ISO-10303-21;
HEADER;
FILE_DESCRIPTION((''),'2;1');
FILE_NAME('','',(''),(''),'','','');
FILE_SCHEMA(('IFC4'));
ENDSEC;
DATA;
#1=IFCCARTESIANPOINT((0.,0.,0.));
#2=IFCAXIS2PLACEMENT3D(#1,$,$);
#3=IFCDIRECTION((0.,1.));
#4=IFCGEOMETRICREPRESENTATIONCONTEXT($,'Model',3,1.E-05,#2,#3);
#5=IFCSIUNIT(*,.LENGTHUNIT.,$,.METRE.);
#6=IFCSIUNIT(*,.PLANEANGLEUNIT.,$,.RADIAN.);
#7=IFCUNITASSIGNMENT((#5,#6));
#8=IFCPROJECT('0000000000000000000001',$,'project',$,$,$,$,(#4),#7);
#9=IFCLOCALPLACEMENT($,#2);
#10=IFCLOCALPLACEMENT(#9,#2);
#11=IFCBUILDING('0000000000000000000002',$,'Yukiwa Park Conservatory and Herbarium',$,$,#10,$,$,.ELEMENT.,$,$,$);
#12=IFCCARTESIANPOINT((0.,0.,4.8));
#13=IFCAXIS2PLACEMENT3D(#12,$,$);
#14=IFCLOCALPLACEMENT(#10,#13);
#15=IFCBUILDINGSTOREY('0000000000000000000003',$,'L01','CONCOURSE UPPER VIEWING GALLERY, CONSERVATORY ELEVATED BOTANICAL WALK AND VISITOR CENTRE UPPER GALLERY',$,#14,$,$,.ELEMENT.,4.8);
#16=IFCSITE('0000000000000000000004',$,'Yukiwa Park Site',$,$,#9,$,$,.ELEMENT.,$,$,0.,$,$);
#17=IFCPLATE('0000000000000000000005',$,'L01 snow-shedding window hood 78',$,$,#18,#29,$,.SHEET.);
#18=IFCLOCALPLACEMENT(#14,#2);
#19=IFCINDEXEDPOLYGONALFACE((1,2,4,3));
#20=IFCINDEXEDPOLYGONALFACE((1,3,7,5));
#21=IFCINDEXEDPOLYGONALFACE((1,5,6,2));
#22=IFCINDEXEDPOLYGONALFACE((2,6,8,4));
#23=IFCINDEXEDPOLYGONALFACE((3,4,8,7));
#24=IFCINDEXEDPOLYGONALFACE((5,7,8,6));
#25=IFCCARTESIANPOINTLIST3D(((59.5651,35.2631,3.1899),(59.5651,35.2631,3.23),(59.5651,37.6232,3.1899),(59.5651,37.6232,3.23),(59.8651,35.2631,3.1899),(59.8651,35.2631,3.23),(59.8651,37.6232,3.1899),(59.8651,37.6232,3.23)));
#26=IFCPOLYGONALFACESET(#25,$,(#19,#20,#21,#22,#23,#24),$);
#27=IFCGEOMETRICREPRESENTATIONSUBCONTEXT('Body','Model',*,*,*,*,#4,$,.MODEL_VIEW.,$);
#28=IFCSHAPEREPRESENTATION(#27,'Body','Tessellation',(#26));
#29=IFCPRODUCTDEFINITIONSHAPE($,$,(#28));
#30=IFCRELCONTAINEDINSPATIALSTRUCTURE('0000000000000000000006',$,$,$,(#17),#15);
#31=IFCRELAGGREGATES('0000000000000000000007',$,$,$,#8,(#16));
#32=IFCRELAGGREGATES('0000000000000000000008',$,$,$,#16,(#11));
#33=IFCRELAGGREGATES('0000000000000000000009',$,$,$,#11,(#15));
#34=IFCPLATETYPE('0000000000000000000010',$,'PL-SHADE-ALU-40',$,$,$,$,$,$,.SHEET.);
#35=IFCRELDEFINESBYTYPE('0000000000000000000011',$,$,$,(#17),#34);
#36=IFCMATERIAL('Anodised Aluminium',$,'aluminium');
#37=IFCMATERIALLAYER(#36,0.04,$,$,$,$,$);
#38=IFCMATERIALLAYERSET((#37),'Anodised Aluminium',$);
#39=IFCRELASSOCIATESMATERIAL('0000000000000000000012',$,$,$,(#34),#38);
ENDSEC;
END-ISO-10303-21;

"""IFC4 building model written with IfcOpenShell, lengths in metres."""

from ifc_helpers import new_model, si_unit, direction, frame, origin, origin_2d, place, context, subcontext, project, spatial, rectangle, extrude, material, layer, layer_set, type_object, element, save


model = new_model("IFC4")

# Units and contexts
model_context = context("Model", 3, precision=1e-05, world=origin(), true_north=direction((0.0, 1.0)))
body_context = subcontext(model_context, "Body", "Model", "MODEL_VIEW")
ifc_project = project(units=[si_unit("LENGTHUNIT", "METRE"), si_unit("PLANEANGLEUNIT", "RADIAN")], contexts=[model_context])

# Site, building, storey
site_placement = place(None, origin())
site = spatial("IfcSite", under=ifc_project, at=site_placement, Name="Yukiwa Park Site", CompositionType="ELEMENT", RefElevation=0.0)
building_placement = place(site_placement, origin())
building = spatial("IfcBuilding", under=site, at=building_placement, Name="Yukiwa Park Conservatory and Herbarium", CompositionType="ELEMENT")
storey_placement = place(building_placement, frame((0.0, 0.0, 4.8)))
storey = spatial("IfcBuildingStorey", under=building, at=storey_placement, Name="L01", Description="CONCOURSE UPPER VIEWING GALLERY, CONSERVATORY ELEVATED BOTANICAL WALK AND VISITOR CENTRE UPPER GALLERY", CompositionType="ELEMENT", Elevation=4.8)

# Plate
ifc_material_1 = material(Name="Anodised Aluminium", Category="aluminium")
ifc_layer_1 = layer(ifc_material_1, 0.04)
ifc_layer_set_1 = layer_set([ifc_layer_1], Name="Anodised Aluminium")
plate_type_1 = type_object("IfcPlateType", Name="PL-SHADE-ALU-40", PredefinedType="SHEET", material=ifc_layer_set_1)
for number, where, z_axis, x_axis, name in (
    (1, (59.7151, 36.4431, 3.1899), (0.0, 0.0, 1.0), (0.0, -1.0, 0.0), "L01 snow-shedding window hood 78"),
):
    element("IfcPlate", number, at=place(storey_placement, frame(where, z_axis=z_axis, x_axis=x_axis)), inside=storey, type_object=plate_type_1, Name=name, PredefinedType="SHEET", context=body_context, shape_type="SweptSolid", body=[
        extrude(rectangle(XDim=2.3601, YDim=0.3, at=origin_2d()), origin(), (0.0, 0.0, 1.0), 0.04),
    ])

save(model, "model.ifc")
